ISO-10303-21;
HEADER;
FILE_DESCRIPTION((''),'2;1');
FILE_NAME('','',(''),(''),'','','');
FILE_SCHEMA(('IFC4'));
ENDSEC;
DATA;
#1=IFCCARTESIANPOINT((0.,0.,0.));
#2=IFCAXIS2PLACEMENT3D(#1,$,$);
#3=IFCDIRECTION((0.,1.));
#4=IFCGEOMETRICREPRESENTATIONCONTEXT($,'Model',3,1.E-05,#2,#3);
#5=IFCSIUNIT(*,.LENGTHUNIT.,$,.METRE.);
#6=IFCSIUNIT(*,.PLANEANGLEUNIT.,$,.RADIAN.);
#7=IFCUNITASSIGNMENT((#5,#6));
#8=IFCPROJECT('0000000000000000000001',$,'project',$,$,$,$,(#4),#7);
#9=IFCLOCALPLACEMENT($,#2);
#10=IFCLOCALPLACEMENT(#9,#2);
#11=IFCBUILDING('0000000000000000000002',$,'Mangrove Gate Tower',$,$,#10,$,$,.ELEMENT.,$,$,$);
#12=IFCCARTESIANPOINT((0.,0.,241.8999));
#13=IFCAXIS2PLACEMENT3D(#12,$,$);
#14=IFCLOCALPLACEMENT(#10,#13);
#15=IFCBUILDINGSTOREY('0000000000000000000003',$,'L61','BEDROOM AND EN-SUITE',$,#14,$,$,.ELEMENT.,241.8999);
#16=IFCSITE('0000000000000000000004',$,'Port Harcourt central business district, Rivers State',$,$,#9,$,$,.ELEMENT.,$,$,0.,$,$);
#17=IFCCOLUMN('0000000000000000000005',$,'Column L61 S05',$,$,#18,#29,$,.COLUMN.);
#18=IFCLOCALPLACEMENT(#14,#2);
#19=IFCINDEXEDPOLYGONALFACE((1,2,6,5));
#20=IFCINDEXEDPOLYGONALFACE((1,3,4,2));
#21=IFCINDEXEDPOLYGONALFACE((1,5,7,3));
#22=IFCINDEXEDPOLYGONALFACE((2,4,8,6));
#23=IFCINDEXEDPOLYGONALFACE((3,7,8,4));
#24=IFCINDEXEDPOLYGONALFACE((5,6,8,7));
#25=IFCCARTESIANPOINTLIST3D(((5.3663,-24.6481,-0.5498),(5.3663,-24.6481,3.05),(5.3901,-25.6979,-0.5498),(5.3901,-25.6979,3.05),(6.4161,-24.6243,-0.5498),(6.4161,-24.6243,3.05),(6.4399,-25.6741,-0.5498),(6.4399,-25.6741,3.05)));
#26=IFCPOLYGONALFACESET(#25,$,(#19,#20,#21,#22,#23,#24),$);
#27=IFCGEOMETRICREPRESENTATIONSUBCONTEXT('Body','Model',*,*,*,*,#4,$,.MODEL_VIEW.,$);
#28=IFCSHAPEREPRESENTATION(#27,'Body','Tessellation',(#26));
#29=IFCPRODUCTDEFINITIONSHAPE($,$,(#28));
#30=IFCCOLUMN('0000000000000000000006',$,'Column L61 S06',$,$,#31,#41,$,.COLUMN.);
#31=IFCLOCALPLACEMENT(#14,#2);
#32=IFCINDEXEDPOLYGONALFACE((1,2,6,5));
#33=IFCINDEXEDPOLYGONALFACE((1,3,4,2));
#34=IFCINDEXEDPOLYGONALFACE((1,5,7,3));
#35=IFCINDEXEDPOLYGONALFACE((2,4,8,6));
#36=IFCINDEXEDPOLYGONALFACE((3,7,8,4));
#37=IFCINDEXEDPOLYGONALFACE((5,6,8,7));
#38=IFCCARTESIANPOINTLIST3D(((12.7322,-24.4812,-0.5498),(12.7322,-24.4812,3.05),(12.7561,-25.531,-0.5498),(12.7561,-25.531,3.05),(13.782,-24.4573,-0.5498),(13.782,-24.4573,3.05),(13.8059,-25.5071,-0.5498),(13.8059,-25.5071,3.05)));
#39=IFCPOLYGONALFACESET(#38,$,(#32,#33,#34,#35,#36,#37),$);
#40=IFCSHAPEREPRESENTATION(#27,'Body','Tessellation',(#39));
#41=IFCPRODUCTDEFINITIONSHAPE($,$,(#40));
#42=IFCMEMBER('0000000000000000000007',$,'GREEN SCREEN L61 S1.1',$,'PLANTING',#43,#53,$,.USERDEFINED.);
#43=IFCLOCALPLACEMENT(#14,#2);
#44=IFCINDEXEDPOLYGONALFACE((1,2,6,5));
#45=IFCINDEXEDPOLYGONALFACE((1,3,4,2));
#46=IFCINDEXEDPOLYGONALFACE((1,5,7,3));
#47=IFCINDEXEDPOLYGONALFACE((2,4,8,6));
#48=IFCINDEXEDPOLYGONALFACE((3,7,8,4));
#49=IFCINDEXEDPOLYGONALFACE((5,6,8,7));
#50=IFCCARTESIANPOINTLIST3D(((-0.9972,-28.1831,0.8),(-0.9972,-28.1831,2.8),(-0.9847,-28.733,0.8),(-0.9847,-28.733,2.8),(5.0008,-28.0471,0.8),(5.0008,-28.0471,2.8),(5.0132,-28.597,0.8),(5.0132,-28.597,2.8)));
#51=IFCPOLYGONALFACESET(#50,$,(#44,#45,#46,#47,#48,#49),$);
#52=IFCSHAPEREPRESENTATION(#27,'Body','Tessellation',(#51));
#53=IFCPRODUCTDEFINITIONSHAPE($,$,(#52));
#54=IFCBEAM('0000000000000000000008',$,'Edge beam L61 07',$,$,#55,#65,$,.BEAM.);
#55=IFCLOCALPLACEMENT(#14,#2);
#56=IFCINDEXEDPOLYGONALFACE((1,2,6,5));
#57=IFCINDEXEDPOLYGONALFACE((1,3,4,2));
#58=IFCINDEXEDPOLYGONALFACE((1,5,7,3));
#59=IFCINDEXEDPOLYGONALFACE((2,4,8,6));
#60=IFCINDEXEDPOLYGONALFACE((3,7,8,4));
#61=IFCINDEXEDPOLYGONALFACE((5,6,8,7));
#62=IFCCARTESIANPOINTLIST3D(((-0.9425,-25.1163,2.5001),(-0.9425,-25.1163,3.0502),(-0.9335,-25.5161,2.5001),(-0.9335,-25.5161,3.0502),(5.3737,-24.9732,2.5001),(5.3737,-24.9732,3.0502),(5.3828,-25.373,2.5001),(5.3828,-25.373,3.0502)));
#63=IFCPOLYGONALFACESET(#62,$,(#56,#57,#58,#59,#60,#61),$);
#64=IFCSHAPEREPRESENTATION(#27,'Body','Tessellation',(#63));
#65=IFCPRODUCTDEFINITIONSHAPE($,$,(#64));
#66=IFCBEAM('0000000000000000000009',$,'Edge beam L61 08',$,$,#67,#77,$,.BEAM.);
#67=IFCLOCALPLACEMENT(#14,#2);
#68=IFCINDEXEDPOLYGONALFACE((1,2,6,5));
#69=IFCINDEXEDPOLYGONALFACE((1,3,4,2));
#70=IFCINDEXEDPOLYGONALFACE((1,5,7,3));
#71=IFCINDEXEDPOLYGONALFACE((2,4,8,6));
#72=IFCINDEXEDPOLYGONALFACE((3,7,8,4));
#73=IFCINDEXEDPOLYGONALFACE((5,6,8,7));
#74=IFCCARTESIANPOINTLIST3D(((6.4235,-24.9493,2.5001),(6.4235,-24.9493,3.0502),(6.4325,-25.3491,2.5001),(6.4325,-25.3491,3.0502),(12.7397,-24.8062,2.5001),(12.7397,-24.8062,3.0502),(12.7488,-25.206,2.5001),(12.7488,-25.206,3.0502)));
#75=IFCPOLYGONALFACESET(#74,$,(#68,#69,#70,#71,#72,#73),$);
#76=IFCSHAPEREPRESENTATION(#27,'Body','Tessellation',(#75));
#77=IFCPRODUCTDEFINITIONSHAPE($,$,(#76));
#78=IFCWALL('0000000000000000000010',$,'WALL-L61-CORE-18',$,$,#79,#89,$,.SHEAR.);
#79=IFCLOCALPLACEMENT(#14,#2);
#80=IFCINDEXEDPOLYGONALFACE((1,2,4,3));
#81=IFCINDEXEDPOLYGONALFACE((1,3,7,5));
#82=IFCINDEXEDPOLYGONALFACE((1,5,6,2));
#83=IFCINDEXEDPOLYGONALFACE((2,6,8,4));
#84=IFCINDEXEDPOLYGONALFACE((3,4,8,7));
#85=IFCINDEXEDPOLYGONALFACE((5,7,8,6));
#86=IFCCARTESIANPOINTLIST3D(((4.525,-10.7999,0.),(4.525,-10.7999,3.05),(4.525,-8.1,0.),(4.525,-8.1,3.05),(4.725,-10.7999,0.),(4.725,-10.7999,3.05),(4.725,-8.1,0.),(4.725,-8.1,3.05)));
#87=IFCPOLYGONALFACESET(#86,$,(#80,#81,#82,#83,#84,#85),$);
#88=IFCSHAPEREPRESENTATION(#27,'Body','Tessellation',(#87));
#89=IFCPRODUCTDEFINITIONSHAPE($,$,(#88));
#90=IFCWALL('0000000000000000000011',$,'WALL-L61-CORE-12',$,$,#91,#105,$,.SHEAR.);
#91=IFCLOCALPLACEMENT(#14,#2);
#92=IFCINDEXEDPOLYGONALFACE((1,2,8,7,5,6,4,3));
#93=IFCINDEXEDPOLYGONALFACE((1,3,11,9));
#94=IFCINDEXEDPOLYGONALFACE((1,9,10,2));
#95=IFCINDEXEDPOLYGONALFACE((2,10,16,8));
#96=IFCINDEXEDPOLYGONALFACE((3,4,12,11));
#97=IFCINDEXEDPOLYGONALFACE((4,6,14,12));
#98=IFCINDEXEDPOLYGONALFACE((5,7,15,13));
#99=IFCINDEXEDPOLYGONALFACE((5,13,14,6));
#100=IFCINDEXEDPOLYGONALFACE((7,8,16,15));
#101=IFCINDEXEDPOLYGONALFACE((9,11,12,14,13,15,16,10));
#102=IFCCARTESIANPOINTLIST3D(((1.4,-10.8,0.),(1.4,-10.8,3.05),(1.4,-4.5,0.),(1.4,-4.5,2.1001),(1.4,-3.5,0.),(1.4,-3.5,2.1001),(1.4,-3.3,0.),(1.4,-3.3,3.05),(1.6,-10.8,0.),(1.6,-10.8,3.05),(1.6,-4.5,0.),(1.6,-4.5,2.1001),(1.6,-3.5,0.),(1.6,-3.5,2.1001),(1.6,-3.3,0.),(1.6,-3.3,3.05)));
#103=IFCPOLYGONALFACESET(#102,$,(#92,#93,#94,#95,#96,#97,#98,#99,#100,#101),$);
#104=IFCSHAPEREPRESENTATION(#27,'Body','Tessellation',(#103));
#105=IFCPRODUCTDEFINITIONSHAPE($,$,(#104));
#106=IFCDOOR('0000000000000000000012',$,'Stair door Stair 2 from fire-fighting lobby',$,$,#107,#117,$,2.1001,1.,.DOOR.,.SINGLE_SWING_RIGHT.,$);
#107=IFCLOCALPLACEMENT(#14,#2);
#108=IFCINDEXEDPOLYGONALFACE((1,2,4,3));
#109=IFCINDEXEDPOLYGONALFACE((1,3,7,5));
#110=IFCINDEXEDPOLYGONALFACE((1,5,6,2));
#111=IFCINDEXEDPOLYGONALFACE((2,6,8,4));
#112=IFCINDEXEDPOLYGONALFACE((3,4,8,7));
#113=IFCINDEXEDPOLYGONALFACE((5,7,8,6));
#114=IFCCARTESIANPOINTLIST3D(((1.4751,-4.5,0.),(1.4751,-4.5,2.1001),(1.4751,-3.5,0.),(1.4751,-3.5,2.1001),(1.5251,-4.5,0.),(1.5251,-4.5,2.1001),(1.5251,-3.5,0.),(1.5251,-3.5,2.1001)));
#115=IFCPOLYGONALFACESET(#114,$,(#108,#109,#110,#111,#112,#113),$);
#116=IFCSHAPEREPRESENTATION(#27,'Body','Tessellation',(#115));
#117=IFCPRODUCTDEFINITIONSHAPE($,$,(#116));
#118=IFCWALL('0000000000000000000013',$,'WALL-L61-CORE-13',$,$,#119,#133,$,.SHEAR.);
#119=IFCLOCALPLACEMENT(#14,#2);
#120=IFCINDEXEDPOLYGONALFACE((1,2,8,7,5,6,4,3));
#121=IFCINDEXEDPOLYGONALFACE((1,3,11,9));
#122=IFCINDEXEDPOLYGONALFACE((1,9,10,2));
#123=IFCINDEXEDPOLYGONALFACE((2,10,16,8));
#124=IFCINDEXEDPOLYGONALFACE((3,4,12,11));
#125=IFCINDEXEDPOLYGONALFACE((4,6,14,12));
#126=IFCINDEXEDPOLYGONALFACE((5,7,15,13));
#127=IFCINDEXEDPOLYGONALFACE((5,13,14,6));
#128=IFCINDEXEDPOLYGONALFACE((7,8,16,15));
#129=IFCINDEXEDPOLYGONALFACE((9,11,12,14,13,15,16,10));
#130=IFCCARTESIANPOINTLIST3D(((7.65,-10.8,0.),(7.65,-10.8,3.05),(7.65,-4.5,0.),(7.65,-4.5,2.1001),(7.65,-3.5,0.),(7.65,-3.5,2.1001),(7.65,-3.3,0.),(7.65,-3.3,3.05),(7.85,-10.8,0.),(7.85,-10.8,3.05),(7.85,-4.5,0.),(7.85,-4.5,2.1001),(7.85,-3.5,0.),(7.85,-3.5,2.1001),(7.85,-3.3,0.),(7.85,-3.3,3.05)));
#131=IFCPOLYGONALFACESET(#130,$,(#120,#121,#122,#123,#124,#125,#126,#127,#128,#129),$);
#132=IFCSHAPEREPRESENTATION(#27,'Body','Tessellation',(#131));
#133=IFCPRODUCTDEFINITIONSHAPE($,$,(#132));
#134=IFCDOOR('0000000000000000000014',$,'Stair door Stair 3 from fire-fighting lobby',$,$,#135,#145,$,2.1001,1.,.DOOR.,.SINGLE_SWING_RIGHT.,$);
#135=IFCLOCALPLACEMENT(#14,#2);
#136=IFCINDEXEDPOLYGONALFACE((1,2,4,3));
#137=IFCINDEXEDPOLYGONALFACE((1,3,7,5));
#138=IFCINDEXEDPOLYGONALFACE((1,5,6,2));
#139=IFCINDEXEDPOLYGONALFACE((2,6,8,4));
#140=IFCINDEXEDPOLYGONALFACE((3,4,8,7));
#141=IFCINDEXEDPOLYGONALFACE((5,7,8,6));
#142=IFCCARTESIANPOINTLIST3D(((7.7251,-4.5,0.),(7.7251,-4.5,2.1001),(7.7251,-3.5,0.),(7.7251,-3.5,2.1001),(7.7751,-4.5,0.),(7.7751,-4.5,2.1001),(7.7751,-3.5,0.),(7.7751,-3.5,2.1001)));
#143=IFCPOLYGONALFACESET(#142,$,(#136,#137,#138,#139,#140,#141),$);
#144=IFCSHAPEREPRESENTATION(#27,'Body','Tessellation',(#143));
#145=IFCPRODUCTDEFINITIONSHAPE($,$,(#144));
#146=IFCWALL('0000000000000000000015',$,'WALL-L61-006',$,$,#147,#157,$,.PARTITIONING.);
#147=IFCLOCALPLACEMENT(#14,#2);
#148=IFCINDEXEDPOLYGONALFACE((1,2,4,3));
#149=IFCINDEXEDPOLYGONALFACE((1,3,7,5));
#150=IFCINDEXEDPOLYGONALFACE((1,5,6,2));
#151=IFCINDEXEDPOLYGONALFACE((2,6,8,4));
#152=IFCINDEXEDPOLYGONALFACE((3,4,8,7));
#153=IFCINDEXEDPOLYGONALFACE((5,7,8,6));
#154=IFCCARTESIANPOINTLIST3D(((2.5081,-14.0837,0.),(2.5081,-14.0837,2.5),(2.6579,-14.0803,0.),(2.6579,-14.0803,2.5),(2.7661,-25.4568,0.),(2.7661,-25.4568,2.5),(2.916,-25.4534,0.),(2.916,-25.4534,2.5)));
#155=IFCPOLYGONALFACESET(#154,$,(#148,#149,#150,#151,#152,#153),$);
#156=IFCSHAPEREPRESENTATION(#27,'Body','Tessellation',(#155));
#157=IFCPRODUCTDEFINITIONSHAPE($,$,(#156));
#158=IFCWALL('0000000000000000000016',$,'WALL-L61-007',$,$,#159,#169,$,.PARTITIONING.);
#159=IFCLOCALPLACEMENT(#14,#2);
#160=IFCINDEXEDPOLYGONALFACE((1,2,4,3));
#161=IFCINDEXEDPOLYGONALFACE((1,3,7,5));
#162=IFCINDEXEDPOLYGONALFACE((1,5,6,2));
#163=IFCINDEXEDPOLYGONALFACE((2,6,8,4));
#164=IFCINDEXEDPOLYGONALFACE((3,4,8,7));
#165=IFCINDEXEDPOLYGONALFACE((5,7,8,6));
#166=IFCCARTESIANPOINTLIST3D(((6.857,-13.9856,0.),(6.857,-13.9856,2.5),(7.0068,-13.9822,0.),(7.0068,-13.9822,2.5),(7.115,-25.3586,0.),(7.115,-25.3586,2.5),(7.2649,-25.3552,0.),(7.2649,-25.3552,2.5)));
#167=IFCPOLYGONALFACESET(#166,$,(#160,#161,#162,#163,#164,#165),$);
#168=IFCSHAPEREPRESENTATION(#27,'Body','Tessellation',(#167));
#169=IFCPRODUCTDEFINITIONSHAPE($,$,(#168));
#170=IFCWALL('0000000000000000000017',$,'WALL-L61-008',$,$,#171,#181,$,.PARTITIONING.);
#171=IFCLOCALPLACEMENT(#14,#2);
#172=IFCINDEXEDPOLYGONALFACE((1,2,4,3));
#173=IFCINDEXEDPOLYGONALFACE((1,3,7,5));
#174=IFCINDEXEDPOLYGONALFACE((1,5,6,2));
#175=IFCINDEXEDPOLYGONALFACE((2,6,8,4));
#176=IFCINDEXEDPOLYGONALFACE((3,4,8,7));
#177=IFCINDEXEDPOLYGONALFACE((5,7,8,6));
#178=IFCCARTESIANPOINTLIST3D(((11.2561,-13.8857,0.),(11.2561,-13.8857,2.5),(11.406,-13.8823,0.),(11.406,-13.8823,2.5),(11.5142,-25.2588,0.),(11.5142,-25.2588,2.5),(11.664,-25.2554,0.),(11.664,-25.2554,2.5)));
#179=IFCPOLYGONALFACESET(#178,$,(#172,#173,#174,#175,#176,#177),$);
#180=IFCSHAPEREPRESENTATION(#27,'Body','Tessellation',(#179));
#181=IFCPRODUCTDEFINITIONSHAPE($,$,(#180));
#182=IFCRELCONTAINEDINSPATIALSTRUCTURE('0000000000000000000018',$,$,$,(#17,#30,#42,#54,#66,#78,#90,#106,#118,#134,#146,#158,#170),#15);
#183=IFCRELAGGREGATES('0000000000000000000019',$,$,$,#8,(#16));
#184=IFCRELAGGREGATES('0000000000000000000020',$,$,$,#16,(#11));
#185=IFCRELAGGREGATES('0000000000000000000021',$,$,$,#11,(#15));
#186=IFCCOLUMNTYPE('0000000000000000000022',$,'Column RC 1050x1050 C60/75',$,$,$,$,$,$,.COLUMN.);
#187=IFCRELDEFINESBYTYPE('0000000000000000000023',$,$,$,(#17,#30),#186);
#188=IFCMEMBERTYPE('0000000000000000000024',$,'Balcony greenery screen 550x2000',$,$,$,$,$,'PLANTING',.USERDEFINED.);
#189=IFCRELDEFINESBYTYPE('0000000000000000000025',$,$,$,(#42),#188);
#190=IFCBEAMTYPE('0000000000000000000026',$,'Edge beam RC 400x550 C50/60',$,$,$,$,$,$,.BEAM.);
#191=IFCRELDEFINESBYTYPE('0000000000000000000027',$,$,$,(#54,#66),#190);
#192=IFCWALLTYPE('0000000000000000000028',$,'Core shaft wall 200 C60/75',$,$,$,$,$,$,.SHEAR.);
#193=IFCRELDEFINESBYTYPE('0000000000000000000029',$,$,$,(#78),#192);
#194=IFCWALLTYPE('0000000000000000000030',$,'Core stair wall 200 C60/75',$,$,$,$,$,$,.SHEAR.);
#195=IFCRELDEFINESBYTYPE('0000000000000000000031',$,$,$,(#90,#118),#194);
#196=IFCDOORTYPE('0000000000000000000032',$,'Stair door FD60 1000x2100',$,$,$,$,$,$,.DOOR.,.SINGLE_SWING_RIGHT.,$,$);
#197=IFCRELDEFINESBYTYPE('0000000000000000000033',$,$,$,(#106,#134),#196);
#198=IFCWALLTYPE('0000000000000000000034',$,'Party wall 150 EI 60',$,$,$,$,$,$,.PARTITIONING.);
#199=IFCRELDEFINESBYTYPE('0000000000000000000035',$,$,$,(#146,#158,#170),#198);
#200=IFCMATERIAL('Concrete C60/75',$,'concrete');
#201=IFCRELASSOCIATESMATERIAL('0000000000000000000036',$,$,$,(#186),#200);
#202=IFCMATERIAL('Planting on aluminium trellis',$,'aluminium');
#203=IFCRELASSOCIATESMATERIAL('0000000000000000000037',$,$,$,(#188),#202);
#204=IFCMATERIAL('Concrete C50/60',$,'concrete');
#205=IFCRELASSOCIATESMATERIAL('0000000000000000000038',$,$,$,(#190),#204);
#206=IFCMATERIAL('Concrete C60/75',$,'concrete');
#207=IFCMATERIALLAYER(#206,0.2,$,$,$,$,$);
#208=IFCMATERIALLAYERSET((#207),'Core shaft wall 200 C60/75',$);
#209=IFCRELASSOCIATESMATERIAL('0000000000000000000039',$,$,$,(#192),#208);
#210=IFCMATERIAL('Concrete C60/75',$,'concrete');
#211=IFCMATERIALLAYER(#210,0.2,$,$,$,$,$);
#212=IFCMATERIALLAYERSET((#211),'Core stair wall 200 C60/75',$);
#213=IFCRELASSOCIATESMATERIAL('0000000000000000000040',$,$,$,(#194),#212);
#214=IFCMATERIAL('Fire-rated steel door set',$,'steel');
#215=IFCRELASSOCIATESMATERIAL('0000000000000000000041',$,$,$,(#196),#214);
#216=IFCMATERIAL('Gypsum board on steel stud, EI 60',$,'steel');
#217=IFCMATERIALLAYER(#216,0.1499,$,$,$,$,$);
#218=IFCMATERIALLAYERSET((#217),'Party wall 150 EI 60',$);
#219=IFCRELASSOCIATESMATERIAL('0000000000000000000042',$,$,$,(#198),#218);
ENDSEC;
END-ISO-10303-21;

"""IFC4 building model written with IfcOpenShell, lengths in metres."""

from ifc_helpers import new_model, si_unit, direction, frame, frame_2d, origin, origin_2d, place, context, subcontext, project, spatial, rectangle, extrude, material, layer, layer_set, material_profile, profile_set, type_object, element, fill, save


model = new_model("IFC4")

# Units and contexts
model_context = context("Model", 3, precision=1e-05, world=origin(), true_north=direction((0.0, 1.0)))
body_context = subcontext(model_context, "Body", "Model", "MODEL_VIEW")
ifc_project = project(units=[si_unit("LENGTHUNIT", "METRE"), si_unit("PLANEANGLEUNIT", "RADIAN")], contexts=[model_context])

# Site, building, storey
site_placement = place(None, origin())
site = spatial("IfcSite", under=ifc_project, at=site_placement, Name="Port Harcourt central business district, Rivers State", CompositionType="ELEMENT", RefElevation=0.0)
building_placement = place(site_placement, origin())
building = spatial("IfcBuilding", under=site, at=building_placement, Name="Mangrove Gate Tower", CompositionType="ELEMENT")
storey_placement = place(building_placement, frame((0.0, 0.0, 241.8999)))
storey = spatial("IfcBuildingStorey", under=building, at=storey_placement, Name="L61", Description="BEDROOM AND EN-SUITE", CompositionType="ELEMENT", Elevation=241.8999)

# Columns
ifc_material_1 = material(Name="Concrete C60/75", Category="concrete")
ifc_material_profile_1 = material_profile(ifc_material_1, rectangle(XDim=1.05, YDim=1.05, at=origin_2d()))
ifc_profile_set_1 = profile_set([ifc_material_profile_1], Name="Concrete C60/75")
column_type = type_object("IfcColumnType", Name="Column RC 1050x1050 C60/75", PredefinedType="COLUMN", material=ifc_profile_set_1)
for number, where, z_axis, x_axis, name in (
    (1, (5.9031, -25.1611, -0.5498), (0.0, 0.0, 1.0), (0.999743, 0.022666, 0.0), "Column L61 S05"),
    (2, (13.269, -24.9941, -0.5498), (0.0, 0.0, 1.0), (0.999742, 0.022734, 0.0), "Column L61 S06"),
):
    element("IfcColumn", number, at=place(storey_placement, frame(where, z_axis=z_axis, x_axis=x_axis)), inside=storey, type_object=column_type, Name=name, PredefinedType="COLUMN", context=body_context, shape_type="SweptSolid", body=[
        extrude(rectangle(XDim=1.05, YDim=1.05, at=origin_2d()), origin(), (0.0, 0.0, 1.0), 3.5999),
    ])

# Member
ifc_material_2 = material(Name="Planting on aluminium trellis", Category="aluminium")
ifc_material_profile_2 = material_profile(ifc_material_2, rectangle(XDim=0.55, YDim=2.0, at=origin_2d()))
ifc_profile_set_2 = profile_set([ifc_material_profile_2], Name="Planting on aluminium trellis")
member_type = type_object("IfcMemberType", Name="Balcony greenery screen 550x2000", ElementType="PLANTING", PredefinedType="USERDEFINED", material=ifc_profile_set_2)
member_placement = place(storey_placement, frame((-0.991, -28.458, 1.8), z_axis=(0.999743, 0.022666, 0.0), x_axis=(-0.022666, 0.999743, 0.0)))
element("IfcMember", 3, at=member_placement, inside=storey, type_object=member_type, Name="GREEN SCREEN L61 S1.1", ObjectType="PLANTING", PredefinedType="USERDEFINED", context=body_context, shape_type="SweptSolid", body=[
    extrude(rectangle(XDim=0.55, YDim=2.0, at=origin_2d()), origin(), (0.0, 0.0, 1.0), 5.9995),
])

# Beams
ifc_material_3 = material(Name="Concrete C50/60", Category="concrete")
ifc_material_profile_3 = material_profile(ifc_material_3, rectangle(XDim=0.3999, YDim=0.55, at=origin_2d()))
ifc_profile_set_3 = profile_set([ifc_material_profile_3], Name="Concrete C50/60")
beam_type = type_object("IfcBeamType", Name="Edge beam RC 400x550 C50/60", PredefinedType="BEAM", material=ifc_profile_set_3)
for number, where, z_axis, x_axis, name in (
    (4, (-0.938, -25.3162, 2.7751), (0.999744, 0.022645, 0.0), (-0.022645, 0.999744, 0.0), "Edge beam L61 07"),
    (5, (6.428, -25.1492, 2.7751), (0.999744, 0.022645, 0.0), (-0.022645, 0.999744, 0.0), "Edge beam L61 08"),
):
    element("IfcBeam", number, at=place(storey_placement, frame(where, z_axis=z_axis, x_axis=x_axis)), inside=storey, type_object=beam_type, Name=name, PredefinedType="BEAM", context=body_context, shape_type="SweptSolid", body=[
        extrude(rectangle(XDim=0.3999, YDim=0.55, at=origin_2d()), origin(), (0.0, 0.0, 1.0), 6.3179),
    ])

# Wall
ifc_material_4 = material(Name="Concrete C60/75", Category="concrete")
ifc_layer_1 = layer(ifc_material_4, 0.2)
ifc_layer_set_1 = layer_set([ifc_layer_1], Name="Core shaft wall 200 C60/75")
wall_type_1 = type_object("IfcWallType", Name="Core shaft wall 200 C60/75", PredefinedType="SHEAR", material=ifc_layer_set_1)
wall_1_placement = place(storey_placement, frame((4.625, -10.8, 0.0), z_axis=(0.0, 0.0, 1.0), x_axis=(0.0, 1.0, 0.0)))
element("IfcWall", 6, at=wall_1_placement, inside=storey, type_object=wall_type_1, Name="WALL-L61-CORE-18", PredefinedType="SHEAR", context=body_context, shape_type="SweptSolid", body=[
    extrude(rectangle(XDim=2.7, YDim=0.2, at=frame_2d((1.3501, 0.0))), origin(), (0.0, 0.0, 1.0), 3.05),
])

# Walls, openings, doors
ifc_material_5 = material(Name="Concrete C60/75", Category="concrete")
ifc_layer_2 = layer(ifc_material_5, 0.2)
ifc_layer_set_2 = layer_set([ifc_layer_2], Name="Core stair wall 200 C60/75")
wall_type_2 = type_object("IfcWallType", Name="Core stair wall 200 C60/75", PredefinedType="SHEAR", material=ifc_layer_set_2)
wall_2_placement = place(storey_placement, frame((1.5, -10.8, 0.0), z_axis=(0.0, 0.0, 1.0), x_axis=(0.0, 1.0, 0.0)))
wall_2 = element("IfcWall", 7, at=wall_2_placement, inside=storey, type_object=wall_type_2, Name="WALL-L61-CORE-12", PredefinedType="SHEAR", context=body_context, shape_type="SweptSolid", body=[
    extrude(rectangle(XDim=7.5, YDim=0.2, at=frame_2d((3.75, 0.0))), origin(), (0.0, 0.0, 1.0), 3.05),
])
opening_1_placement = place(wall_2_placement, frame((6.3, 0.0, 0.0)))
opening_1 = element("IfcOpeningElement", 8, at=opening_1_placement, cuts=wall_2, PredefinedType="OPENING", context=body_context, shape_type="SweptSolid", body=[
    extrude(rectangle(XDim=1.0, YDim=2.1001, at=frame_2d((0.5, 1.05))), frame((0.0, 0.1099, 0.0), z_axis=(0.0, -1.0, 0.0), x_axis=(1.0, 0.0, 0.0)), (0.0, 0.0, 1.0), 0.22),
])
ifc_material_6 = material(Name="Fire-rated steel door set", Category="steel")
door_type_1 = type_object("IfcDoorType", Name="Stair door FD60 1000x2100", OperationType="SINGLE_SWING_RIGHT", PredefinedType="DOOR", material=ifc_material_6)
door_1_placement = place(opening_1_placement, origin())
door_1 = element("IfcDoor", 9, at=door_1_placement, inside=storey, type_object=door_type_1, Name="Stair door Stair 2 from fire-fighting lobby", OperationType="SINGLE_SWING_RIGHT", OverallHeight=2.1001, OverallWidth=1.0, PredefinedType="DOOR", context=body_context, shape_type="SweptSolid", body=[
    extrude(rectangle(XDim=1.0, YDim=2.1001, at=frame_2d((0.5, 1.05))), frame((0.0, 0.0249, 0.0), z_axis=(0.0, -1.0, 0.0), x_axis=(1.0, 0.0, 0.0)), (0.0, 0.0, 1.0), 0.05),
])
fill(opening_1, door_1)
wall_3_placement = place(storey_placement, frame((7.75, -10.8, 0.0), z_axis=(0.0, 0.0, 1.0), x_axis=(0.0, 1.0, 0.0)))
wall_3 = element("IfcWall", 10, at=wall_3_placement, inside=storey, type_object=wall_type_2, Name="WALL-L61-CORE-13", PredefinedType="SHEAR", context=body_context, shape_type="SweptSolid", body=[
    extrude(rectangle(XDim=7.5, YDim=0.2, at=frame_2d((3.75, 0.0))), origin(), (0.0, 0.0, 1.0), 3.05),
])
opening_2_placement = place(wall_3_placement, frame((6.3, 0.0, 0.0)))
opening_2 = element("IfcOpeningElement", 11, at=opening_2_placement, cuts=wall_3, PredefinedType="OPENING", context=body_context, shape_type="SweptSolid", body=[
    extrude(rectangle(XDim=1.0, YDim=2.1001, at=frame_2d((0.5, 1.05))), frame((0.0, 0.1099, 0.0), z_axis=(0.0, -1.0, 0.0), x_axis=(1.0, 0.0, 0.0)), (0.0, 0.0, 1.0), 0.22),
])
door_2_placement = place(opening_2_placement, origin())
door_2 = element("IfcDoor", 12, at=door_2_placement, inside=storey, type_object=door_type_1, Name="Stair door Stair 3 from fire-fighting lobby", OperationType="SINGLE_SWING_RIGHT", OverallHeight=2.1001, OverallWidth=1.0, PredefinedType="DOOR", context=body_context, shape_type="SweptSolid", body=[
    extrude(rectangle(XDim=1.0, YDim=2.1001, at=frame_2d((0.5, 1.05))), frame((0.0, 0.0249, 0.0), z_axis=(0.0, -1.0, 0.0), x_axis=(1.0, 0.0, 0.0)), (0.0, 0.0, 1.0), 0.05),
])
fill(opening_2, door_2)

# Walls
ifc_material_7 = material(Name="Gypsum board on steel stud, EI 60", Category="steel")
ifc_layer_3 = layer(ifc_material_7, 0.1499)
ifc_layer_set_3 = layer_set([ifc_layer_3], Name="Party wall 150 EI 60")
wall_type_3 = type_object("IfcWallType", Name="Party wall 150 EI 60", PredefinedType="PARTITIONING", material=ifc_layer_set_3)
for number, where, z_axis, x_axis, name in (
    (13, (2.8411, -25.4551, 0.0), (0.0, 0.0, 1.0), (-0.022684, 0.999743, 0.0), "WALL-L61-006"),
    (14, (7.1899, -25.3569, 0.0), (0.0, 0.0, 1.0), (-0.022684, 0.999743, 0.0), "WALL-L61-007"),
    (15, (11.5891, -25.2571, 0.0), (0.0, 0.0, 1.0), (-0.022684, 0.999743, 0.0), "WALL-L61-008"),
):
    element("IfcWall", number, at=place(storey_placement, frame(where, z_axis=z_axis, x_axis=x_axis)), inside=storey, type_object=wall_type_3, Name=name, PredefinedType="PARTITIONING", context=body_context, shape_type="SweptSolid", body=[
        extrude(rectangle(XDim=11.376, YDim=0.1499, at=frame_2d((5.688, 0.0))), origin(), (0.0, 0.0, 1.0), 2.5),
    ])

save(model, "model.ifc")
